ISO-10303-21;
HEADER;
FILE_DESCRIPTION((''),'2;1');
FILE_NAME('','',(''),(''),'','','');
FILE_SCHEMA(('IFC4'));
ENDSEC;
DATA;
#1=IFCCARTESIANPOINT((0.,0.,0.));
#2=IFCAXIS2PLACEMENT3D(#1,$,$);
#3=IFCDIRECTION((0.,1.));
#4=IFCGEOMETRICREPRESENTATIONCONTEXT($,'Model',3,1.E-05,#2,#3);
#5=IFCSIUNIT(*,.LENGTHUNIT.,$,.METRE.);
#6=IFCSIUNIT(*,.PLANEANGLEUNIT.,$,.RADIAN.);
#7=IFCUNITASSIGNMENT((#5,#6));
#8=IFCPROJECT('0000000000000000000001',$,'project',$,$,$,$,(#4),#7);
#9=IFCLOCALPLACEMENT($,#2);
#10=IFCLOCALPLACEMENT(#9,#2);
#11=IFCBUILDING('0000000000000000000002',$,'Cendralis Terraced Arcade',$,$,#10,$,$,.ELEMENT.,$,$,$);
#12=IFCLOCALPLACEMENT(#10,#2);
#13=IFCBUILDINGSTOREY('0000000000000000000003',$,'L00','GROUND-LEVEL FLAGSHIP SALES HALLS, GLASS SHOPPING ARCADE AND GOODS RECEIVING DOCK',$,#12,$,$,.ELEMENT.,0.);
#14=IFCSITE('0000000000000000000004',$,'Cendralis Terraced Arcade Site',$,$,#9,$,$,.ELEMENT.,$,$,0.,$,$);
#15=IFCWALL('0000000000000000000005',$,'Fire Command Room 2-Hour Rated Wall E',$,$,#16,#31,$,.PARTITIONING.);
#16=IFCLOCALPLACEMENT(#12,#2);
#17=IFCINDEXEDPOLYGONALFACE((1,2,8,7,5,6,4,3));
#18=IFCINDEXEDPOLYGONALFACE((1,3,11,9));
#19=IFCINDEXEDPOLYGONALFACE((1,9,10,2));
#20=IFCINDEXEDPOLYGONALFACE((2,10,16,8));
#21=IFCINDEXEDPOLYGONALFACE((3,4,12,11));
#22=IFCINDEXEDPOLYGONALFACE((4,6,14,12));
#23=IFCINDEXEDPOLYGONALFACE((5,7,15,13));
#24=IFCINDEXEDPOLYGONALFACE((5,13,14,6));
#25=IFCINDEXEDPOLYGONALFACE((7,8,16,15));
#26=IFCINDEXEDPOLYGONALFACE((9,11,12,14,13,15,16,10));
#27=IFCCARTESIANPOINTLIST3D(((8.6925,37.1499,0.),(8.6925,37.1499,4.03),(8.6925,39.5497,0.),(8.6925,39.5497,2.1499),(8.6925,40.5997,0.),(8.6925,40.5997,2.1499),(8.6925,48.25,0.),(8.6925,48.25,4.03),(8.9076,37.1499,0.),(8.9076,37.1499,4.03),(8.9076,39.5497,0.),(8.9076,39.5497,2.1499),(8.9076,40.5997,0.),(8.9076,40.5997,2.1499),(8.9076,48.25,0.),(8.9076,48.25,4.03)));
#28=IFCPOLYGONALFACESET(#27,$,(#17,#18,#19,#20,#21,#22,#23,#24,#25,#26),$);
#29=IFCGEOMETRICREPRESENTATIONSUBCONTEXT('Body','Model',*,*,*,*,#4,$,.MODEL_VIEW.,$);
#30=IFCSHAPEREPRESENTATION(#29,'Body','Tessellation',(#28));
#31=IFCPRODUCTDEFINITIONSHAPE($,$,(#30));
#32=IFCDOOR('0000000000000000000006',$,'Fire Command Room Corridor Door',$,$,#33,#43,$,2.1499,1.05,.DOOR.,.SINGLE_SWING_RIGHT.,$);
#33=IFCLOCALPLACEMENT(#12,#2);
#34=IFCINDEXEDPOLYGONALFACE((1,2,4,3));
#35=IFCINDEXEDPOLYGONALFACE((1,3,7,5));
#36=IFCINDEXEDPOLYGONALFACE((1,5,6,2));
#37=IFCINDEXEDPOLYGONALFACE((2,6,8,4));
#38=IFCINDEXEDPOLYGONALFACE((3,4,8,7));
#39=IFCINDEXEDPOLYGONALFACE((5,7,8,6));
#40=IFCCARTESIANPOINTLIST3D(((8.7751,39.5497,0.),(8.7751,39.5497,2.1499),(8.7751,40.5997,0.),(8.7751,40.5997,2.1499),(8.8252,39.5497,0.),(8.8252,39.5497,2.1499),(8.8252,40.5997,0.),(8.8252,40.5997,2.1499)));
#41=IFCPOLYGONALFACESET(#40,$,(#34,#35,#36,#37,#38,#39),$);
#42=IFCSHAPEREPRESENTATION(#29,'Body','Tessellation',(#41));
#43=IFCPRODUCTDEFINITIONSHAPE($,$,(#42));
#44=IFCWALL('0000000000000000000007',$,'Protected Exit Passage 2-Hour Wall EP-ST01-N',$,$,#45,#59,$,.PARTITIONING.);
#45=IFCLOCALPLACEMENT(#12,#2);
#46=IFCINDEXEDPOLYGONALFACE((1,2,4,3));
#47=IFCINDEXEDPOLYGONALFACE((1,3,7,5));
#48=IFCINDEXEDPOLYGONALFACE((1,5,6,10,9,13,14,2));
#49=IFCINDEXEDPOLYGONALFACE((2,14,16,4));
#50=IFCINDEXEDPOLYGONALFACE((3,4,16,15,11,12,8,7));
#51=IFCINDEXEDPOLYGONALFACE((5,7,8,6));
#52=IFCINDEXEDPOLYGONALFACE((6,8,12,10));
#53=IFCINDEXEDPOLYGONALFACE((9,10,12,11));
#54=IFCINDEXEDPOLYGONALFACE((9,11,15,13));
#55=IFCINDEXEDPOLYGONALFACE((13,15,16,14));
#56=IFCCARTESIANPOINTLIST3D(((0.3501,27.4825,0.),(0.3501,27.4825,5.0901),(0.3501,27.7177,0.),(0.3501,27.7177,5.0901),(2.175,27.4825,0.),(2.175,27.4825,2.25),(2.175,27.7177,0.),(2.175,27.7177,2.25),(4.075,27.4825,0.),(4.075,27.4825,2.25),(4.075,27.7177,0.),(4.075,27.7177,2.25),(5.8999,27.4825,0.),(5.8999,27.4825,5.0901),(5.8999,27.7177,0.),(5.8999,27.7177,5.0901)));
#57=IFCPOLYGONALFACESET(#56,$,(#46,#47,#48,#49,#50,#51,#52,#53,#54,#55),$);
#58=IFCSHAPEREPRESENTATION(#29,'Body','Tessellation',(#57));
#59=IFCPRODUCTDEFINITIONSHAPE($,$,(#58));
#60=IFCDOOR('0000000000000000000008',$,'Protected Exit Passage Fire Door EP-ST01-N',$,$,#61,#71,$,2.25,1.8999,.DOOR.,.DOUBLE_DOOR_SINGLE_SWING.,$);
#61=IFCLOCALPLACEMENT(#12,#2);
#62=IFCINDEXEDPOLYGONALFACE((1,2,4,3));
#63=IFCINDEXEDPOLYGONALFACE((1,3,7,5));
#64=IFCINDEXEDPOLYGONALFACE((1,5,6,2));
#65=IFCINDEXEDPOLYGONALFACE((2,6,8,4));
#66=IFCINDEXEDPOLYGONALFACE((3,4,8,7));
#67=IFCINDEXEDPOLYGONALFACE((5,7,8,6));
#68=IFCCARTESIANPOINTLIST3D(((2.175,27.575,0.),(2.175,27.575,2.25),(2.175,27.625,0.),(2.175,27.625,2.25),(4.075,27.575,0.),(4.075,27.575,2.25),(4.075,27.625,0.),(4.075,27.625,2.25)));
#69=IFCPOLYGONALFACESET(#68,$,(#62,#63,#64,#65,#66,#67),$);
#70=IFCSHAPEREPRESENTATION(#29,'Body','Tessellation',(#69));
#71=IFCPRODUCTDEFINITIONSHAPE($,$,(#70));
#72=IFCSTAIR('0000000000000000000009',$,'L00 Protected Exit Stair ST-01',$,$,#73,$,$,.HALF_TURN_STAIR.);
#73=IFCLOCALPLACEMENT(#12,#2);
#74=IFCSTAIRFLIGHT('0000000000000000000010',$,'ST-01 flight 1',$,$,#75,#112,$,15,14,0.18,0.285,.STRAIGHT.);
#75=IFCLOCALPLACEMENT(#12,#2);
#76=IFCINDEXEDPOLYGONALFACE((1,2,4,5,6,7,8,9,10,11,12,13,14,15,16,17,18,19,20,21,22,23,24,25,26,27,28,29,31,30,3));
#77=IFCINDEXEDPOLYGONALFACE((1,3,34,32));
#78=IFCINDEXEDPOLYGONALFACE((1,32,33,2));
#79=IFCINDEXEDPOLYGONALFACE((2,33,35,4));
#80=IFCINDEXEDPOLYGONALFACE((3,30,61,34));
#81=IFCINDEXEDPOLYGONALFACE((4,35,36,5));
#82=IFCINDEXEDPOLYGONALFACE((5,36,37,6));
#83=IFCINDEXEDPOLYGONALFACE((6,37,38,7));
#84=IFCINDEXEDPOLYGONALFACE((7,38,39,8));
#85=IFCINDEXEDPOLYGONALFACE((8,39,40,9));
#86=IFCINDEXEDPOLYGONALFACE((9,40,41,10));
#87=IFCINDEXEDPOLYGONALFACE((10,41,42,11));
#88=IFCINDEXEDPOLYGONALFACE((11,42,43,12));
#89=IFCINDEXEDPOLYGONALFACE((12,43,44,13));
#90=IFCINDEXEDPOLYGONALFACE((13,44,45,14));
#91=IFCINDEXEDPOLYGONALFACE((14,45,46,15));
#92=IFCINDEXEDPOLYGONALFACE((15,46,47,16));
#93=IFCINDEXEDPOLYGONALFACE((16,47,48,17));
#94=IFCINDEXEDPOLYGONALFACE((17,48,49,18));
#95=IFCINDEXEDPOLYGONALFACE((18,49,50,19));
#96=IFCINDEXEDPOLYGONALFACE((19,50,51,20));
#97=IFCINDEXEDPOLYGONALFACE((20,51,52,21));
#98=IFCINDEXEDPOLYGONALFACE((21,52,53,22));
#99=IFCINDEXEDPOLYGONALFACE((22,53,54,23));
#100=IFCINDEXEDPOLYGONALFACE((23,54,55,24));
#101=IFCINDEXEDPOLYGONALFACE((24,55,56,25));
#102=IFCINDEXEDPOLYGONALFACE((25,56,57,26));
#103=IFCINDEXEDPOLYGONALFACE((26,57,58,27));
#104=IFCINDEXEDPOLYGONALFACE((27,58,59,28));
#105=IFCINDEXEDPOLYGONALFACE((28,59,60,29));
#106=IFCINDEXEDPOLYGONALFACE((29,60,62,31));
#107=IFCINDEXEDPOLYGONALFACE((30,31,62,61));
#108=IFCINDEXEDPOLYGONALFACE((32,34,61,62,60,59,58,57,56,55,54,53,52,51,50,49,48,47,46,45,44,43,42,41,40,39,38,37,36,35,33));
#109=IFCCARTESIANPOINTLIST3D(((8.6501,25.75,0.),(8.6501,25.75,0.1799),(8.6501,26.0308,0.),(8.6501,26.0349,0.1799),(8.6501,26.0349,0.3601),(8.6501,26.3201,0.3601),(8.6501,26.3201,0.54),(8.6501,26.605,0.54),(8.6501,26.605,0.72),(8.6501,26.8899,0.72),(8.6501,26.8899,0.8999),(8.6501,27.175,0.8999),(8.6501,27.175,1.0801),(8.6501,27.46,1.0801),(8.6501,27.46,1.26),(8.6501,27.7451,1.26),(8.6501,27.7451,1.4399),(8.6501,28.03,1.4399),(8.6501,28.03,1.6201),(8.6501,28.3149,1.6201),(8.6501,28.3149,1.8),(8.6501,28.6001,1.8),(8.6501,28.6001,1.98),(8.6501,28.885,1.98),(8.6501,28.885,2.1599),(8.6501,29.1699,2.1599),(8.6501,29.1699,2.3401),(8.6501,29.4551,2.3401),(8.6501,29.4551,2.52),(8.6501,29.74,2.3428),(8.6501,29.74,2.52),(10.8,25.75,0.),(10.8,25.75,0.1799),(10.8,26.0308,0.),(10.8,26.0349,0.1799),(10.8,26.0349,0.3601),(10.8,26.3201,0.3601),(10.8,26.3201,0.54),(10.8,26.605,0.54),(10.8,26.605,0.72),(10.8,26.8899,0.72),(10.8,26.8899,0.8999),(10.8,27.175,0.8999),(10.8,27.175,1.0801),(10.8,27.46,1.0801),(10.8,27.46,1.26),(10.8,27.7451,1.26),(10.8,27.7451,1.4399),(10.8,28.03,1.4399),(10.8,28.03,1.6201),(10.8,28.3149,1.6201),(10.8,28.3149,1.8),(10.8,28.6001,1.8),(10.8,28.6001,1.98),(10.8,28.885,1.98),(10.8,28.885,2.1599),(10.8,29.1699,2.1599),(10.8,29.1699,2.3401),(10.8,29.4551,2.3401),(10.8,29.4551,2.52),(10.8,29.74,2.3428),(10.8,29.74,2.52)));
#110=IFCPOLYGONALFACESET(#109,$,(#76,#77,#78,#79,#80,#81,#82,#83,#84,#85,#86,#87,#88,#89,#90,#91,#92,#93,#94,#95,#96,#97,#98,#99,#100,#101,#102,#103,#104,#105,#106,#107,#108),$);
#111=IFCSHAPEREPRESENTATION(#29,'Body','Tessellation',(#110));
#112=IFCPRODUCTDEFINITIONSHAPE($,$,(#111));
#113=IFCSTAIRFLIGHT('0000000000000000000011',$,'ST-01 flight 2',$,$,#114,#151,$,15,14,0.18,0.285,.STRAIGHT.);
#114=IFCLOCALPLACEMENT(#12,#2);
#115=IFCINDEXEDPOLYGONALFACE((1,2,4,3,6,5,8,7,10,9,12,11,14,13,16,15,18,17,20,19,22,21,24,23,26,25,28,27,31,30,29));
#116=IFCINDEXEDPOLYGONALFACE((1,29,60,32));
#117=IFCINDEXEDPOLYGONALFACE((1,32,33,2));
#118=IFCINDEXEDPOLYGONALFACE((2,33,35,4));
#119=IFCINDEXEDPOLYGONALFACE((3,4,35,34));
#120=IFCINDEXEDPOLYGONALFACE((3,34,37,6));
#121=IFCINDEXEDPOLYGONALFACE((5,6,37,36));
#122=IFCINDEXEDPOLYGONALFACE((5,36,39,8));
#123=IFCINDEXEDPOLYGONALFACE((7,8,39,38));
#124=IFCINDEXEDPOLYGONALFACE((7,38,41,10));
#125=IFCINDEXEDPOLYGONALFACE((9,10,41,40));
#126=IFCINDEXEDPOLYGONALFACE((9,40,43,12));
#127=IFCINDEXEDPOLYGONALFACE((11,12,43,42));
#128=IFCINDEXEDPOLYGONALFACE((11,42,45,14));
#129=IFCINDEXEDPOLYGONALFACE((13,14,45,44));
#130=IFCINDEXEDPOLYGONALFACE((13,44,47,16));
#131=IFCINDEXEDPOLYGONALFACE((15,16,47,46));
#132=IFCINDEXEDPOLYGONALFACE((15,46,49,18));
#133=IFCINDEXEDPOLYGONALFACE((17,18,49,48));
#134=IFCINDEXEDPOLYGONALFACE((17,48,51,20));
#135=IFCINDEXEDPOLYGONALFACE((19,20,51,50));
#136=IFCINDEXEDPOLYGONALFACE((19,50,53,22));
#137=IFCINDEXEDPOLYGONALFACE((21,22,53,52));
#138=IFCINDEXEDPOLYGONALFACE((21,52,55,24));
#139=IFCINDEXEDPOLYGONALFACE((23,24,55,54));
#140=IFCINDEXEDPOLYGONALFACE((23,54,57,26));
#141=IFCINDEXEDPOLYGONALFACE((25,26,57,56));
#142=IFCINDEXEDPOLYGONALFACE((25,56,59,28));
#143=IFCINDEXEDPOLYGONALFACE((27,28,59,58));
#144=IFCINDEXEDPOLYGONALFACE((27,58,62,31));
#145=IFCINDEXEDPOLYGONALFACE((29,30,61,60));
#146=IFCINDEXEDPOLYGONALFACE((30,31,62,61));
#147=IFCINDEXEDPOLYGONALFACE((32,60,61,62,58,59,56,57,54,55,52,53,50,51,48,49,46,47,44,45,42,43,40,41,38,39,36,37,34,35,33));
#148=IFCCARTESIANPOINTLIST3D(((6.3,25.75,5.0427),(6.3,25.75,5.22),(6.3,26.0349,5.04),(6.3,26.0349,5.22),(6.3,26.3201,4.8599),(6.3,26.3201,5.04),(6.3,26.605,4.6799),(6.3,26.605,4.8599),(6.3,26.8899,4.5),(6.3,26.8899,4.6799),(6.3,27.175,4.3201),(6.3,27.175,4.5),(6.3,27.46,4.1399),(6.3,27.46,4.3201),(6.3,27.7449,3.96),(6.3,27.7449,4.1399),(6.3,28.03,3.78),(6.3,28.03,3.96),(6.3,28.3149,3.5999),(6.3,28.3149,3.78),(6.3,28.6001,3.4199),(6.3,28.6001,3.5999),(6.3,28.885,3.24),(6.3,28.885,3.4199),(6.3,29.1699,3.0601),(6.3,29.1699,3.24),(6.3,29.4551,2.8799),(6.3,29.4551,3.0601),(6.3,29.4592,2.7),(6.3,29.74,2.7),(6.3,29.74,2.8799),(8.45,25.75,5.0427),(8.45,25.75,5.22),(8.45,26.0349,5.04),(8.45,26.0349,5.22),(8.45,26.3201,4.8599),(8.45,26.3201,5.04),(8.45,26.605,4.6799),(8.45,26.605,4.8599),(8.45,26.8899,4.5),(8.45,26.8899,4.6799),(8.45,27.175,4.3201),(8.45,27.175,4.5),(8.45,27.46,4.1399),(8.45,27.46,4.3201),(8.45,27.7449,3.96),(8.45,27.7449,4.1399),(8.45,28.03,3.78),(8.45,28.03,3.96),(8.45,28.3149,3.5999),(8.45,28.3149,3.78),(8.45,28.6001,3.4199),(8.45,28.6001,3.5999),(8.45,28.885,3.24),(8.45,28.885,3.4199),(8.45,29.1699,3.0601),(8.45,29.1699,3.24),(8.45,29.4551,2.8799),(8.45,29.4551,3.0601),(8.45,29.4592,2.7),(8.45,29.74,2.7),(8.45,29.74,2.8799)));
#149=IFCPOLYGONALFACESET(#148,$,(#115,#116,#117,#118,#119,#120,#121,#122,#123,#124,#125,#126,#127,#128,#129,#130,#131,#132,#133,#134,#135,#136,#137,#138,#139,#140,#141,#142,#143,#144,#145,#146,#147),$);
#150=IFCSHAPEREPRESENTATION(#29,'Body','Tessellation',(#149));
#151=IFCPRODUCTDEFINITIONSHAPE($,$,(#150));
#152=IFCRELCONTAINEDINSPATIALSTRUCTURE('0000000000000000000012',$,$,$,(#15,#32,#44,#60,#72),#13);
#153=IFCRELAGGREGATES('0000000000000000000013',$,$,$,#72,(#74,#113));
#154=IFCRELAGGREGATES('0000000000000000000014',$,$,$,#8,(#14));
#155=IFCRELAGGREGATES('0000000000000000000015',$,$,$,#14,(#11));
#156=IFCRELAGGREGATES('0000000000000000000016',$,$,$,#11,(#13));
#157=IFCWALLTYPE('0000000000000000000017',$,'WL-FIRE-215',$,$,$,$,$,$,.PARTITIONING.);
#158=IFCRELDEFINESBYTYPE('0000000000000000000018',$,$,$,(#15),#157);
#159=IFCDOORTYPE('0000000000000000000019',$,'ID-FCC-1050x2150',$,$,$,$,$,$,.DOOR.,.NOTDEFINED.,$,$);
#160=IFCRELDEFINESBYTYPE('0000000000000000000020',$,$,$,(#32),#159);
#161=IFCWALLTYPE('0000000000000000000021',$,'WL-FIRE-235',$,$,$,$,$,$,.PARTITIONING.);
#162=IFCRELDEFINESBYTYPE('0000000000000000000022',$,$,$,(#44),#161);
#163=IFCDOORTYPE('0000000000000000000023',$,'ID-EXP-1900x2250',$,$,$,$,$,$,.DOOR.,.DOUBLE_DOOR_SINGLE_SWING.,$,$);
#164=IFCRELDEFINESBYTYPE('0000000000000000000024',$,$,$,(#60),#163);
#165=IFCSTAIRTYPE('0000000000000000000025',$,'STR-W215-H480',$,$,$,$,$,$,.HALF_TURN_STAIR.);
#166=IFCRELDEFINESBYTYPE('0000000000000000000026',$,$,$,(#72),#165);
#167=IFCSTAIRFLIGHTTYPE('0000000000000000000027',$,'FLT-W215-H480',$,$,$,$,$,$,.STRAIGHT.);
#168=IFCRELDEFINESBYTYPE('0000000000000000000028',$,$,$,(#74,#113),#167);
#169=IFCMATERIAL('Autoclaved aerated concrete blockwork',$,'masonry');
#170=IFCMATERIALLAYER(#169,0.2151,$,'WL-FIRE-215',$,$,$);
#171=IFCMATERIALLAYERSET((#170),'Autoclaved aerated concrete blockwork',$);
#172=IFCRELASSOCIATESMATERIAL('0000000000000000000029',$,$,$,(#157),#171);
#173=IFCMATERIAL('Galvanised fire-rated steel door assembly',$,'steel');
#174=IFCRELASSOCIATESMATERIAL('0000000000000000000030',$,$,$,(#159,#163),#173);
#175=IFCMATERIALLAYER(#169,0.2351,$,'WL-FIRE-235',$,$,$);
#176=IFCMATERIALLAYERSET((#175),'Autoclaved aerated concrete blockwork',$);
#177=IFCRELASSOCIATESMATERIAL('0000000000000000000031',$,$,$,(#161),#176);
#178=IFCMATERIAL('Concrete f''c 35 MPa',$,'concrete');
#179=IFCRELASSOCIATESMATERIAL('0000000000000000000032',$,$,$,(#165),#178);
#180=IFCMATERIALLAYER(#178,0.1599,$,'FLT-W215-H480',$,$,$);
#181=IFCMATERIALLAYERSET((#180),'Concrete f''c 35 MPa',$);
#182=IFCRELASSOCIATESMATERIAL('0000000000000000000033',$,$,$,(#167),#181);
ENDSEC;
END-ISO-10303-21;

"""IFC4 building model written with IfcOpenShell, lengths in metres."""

from ifc_helpers import new_model, si_unit, direction, frame, frame_2d, origin, place, context, subcontext, project, spatial, polyline, rectangle, outline, extrude, material, layer, layer_set, type_object, element, fill, aggregate, save


model = new_model("IFC4")

# Units and contexts
model_context = context("Model", 3, precision=1e-05, world=origin(), true_north=direction((0.0, 1.0)))
body_context = subcontext(model_context, "Body", "Model", "MODEL_VIEW")
ifc_project = project(units=[si_unit("LENGTHUNIT", "METRE"), si_unit("PLANEANGLEUNIT", "RADIAN")], contexts=[model_context])

# Site, building, storey
site_placement = place(None, origin())
site = spatial("IfcSite", under=ifc_project, at=site_placement, Name="Cendralis Terraced Arcade Site", CompositionType="ELEMENT", RefElevation=0.0)
building_placement = place(site_placement, origin())
building = spatial("IfcBuilding", under=site, at=building_placement, Name="Cendralis Terraced Arcade", CompositionType="ELEMENT")
storey_placement = place(building_placement, origin())
storey = spatial("IfcBuildingStorey", under=building, at=storey_placement, Name="L00", Description="GROUND-LEVEL FLAGSHIP SALES HALLS, GLASS SHOPPING ARCADE AND GOODS RECEIVING DOCK", CompositionType="ELEMENT", Elevation=0.0)

# Shared definitions
ifc_material_1 = material(Name="Concrete f'c 35 MPa", Category="concrete")

# Shared definitions
ifc_material_2 = material(Name="Autoclaved aerated concrete blockwork", Category="masonry")

# Walls, openings, doors
ifc_layer_1 = layer(ifc_material_2, 0.2151, Name="WL-FIRE-215")
ifc_layer_set_1 = layer_set([ifc_layer_1], Name="Autoclaved aerated concrete blockwork")
wall_type_1 = type_object("IfcWallType", Name="WL-FIRE-215", PredefinedType="PARTITIONING", material=ifc_layer_set_1)
wall_1_placement = place(storey_placement, frame((8.8, 37.1499, 0.0), z_axis=(0.0, 0.0, 1.0), x_axis=(0.0, 1.0, 0.0)))
wall_1 = element("IfcWall", 1, at=wall_1_placement, inside=storey, type_object=wall_type_1, Name="Fire Command Room 2-Hour Rated Wall E", PredefinedType="PARTITIONING", context=body_context, shape_type="SweptSolid", body=[
    extrude(rectangle(XDim=11.1001, YDim=0.2151, at=frame_2d((5.55, 0.0))), origin(), (0.0, 0.0, 1.0), 4.03),
])
opening_1_placement = place(wall_1_placement, frame((2.3999, 0.0, 0.0)))
opening_1 = element("IfcOpeningElement", 2, at=opening_1_placement, cuts=wall_1, PredefinedType="OPENING", context=body_context, shape_type="SweptSolid", body=[
    extrude(rectangle(XDim=1.05, YDim=2.1499, at=frame_2d((0.5249, 1.075))), frame((0.0, 0.1196, 0.0), z_axis=(0.0, -1.0, 0.0), x_axis=(1.0, 0.0, 0.0)), (0.0, 0.0, 1.0), 0.239),
])
ifc_material_3 = material(Name="Galvanised fire-rated steel door assembly", Category="steel")
door_type_1 = type_object("IfcDoorType", Name="ID-FCC-1050x2150", OperationType="NOTDEFINED", PredefinedType="DOOR", material=ifc_material_3)
door_1_placement = place(opening_1_placement, origin())
door_1 = element("IfcDoor", 3, at=door_1_placement, inside=storey, type_object=door_type_1, Name="Fire Command Room Corridor Door", OperationType="SINGLE_SWING_RIGHT", OverallHeight=2.1499, OverallWidth=1.05, PredefinedType="DOOR", context=body_context, shape_type="SweptSolid", body=[
    extrude(rectangle(XDim=1.05, YDim=2.1499, at=frame_2d((0.5249, 1.075))), frame((0.0, 0.0249, 0.0), z_axis=(0.0, -1.0, 0.0), x_axis=(1.0, 0.0, 0.0)), (0.0, 0.0, 1.0), 0.05),
])
fill(opening_1, door_1)
ifc_layer_2 = layer(ifc_material_2, 0.2351, Name="WL-FIRE-235")
ifc_layer_set_2 = layer_set([ifc_layer_2], Name="Autoclaved aerated concrete blockwork")
wall_type_2 = type_object("IfcWallType", Name="WL-FIRE-235", PredefinedType="PARTITIONING", material=ifc_layer_set_2)
wall_2_placement = place(storey_placement, frame((0.3501, 27.6001, 0.0), z_axis=(0.0, 0.0, 1.0), x_axis=(1.0, 0.0, 0.0)))
wall_2 = element("IfcWall", 4, at=wall_2_placement, inside=storey, type_object=wall_type_2, Name="Protected Exit Passage 2-Hour Wall EP-ST01-N", PredefinedType="PARTITIONING", context=body_context, shape_type="SweptSolid", body=[
    extrude(rectangle(XDim=5.5498, YDim=0.2351, at=frame_2d((2.7749, 0.0))), origin(), (0.0, 0.0, 1.0), 5.0901),
])
opening_2_placement = place(wall_2_placement, frame((1.825, 0.0, 0.0)))
opening_2 = element("IfcOpeningElement", 5, at=opening_2_placement, cuts=wall_2, PredefinedType="OPENING", context=body_context, shape_type="SweptSolid", body=[
    extrude(rectangle(XDim=1.8999, YDim=2.25, at=frame_2d((0.95, 1.125))), frame((0.0, 0.1294, 0.0), z_axis=(0.0, -1.0, 0.0), x_axis=(1.0, 0.0, 0.0)), (0.0, 0.0, 1.0), 0.259),
])
door_type_2 = type_object("IfcDoorType", Name="ID-EXP-1900x2250", OperationType="DOUBLE_DOOR_SINGLE_SWING", PredefinedType="DOOR", material=ifc_material_3)
door_2_placement = place(opening_2_placement, origin())
door_2 = element("IfcDoor", 6, at=door_2_placement, inside=storey, type_object=door_type_2, Name="Protected Exit Passage Fire Door EP-ST01-N", OperationType="DOUBLE_DOOR_SINGLE_SWING", OverallHeight=2.25, OverallWidth=1.8999, PredefinedType="DOOR", context=body_context, shape_type="SweptSolid", body=[
    extrude(rectangle(XDim=1.8999, YDim=2.25, at=frame_2d((0.95, 1.125))), frame((0.0, 0.0249, 0.0), z_axis=(0.0, -1.0, 0.0), x_axis=(1.0, 0.0, 0.0)), (0.0, 0.0, 1.0), 0.05),
])
fill(opening_2, door_2)

# Stair, stair flights
stair_type = type_object("IfcStairType", Name="STR-W215-H480", PredefinedType="HALF_TURN_STAIR", material=ifc_material_1)
stair_1_placement = place(storey_placement, origin())
stair_1 = element("IfcStair", 7, at=stair_1_placement, inside=storey, type_object=stair_type, Name="L00 Protected Exit Stair ST-01", PredefinedType="HALF_TURN_STAIR")
ifc_layer_3 = layer(ifc_material_1, 0.1599, Name="FLT-W215-H480")
ifc_layer_set_3 = layer_set([ifc_layer_3], Name="Concrete f'c 35 MPa")
stair_flight_type = type_object("IfcStairFlightType", Name="FLT-W215-H480", PredefinedType="STRAIGHT", material=ifc_layer_set_3)
stair_flight_1_placement = place(storey_placement, frame((9.7251, 25.75, 0.0), z_axis=(0.0, 0.0, 1.0), x_axis=(0.0, 1.0, 0.0)))
stair_flight_1 = element("IfcStairFlight", 8, at=stair_flight_1_placement, type_object=stair_flight_type, Name="ST-01 flight 1", NumberOfRisers=15, NumberOfTreads=14, PredefinedType="STRAIGHT", RiserHeight=0.18, TreadLength=0.285, context=body_context, shape_type="SweptSolid", body=[
    extrude(outline(polyline([(0.0, 0.0), (0.0, 0.1799), (0.2849, 0.1799), (0.2849, 0.3601), (0.5701, 0.3601), (0.5701, 0.54), (0.855, 0.54), (0.855, 0.72), (1.1399, 0.72), (1.1399, 0.8999), (1.425, 0.8999), (1.425, 1.0801), (1.71, 1.0801), (1.71, 1.26), (1.9951, 1.26), (1.9951, 1.4399), (2.28, 1.4399), (2.28, 1.6201), (2.5649, 1.6201), (2.5649, 1.8), (2.8501, 1.8), (2.8501, 1.98), (3.135, 1.98), (3.135, 2.1599), (3.4199, 2.1599), (3.4199, 2.3401), (3.7051, 2.3401), (3.7051, 2.52), (3.99, 2.52), (3.99, 2.7), (3.99, 2.3428), (0.2808, 0.0), (0.0, 0.0)])), frame((0.0, 1.075, 0.0), z_axis=(0.0, -1.0, 0.0), x_axis=(1.0, 0.0, 0.0)), (0.0, 0.0, 1.0), 2.1499),
])
stair_flight_2_placement = place(storey_placement, frame((7.375, 29.74, 2.7), z_axis=(0.0, 0.0, 1.0), x_axis=(0.0, -1.0, 0.0)))
stair_flight_2 = element("IfcStairFlight", 9, at=stair_flight_2_placement, type_object=stair_flight_type, Name="ST-01 flight 2", NumberOfRisers=15, NumberOfTreads=14, PredefinedType="STRAIGHT", RiserHeight=0.18, TreadLength=0.285, context=body_context, shape_type="SweptSolid", body=[
    extrude(outline(polyline([(0.0, 0.0), (0.0, 0.1799), (0.2849, 0.1799), (0.2849, 0.3601), (0.5701, 0.3601), (0.5701, 0.54), (0.855, 0.54), (0.855, 0.72), (1.1399, 0.72), (1.1399, 0.8999), (1.425, 0.8999), (1.425, 1.0801), (1.71, 1.0801), (1.71, 1.26), (1.9951, 1.26), (1.9951, 1.4399), (2.28, 1.4399), (2.28, 1.6201), (2.5649, 1.6201), (2.5649, 1.8), (2.8501, 1.8), (2.8501, 1.98), (3.135, 1.98), (3.135, 2.1599), (3.4199, 2.1599), (3.4199, 2.3401), (3.7051, 2.3401), (3.7051, 2.52), (3.99, 2.52), (3.99, 2.7), (3.99, 2.3428), (0.2808, 0.0), (0.0, 0.0)])), frame((0.0, 1.075, 0.0), z_axis=(0.0, -1.0, 0.0), x_axis=(1.0, 0.0, 0.0)), (0.0, 0.0, 1.0), 2.1499),
])
aggregate(stair_1, [stair_flight_1, stair_flight_2])

save(model, "model.ifc")
